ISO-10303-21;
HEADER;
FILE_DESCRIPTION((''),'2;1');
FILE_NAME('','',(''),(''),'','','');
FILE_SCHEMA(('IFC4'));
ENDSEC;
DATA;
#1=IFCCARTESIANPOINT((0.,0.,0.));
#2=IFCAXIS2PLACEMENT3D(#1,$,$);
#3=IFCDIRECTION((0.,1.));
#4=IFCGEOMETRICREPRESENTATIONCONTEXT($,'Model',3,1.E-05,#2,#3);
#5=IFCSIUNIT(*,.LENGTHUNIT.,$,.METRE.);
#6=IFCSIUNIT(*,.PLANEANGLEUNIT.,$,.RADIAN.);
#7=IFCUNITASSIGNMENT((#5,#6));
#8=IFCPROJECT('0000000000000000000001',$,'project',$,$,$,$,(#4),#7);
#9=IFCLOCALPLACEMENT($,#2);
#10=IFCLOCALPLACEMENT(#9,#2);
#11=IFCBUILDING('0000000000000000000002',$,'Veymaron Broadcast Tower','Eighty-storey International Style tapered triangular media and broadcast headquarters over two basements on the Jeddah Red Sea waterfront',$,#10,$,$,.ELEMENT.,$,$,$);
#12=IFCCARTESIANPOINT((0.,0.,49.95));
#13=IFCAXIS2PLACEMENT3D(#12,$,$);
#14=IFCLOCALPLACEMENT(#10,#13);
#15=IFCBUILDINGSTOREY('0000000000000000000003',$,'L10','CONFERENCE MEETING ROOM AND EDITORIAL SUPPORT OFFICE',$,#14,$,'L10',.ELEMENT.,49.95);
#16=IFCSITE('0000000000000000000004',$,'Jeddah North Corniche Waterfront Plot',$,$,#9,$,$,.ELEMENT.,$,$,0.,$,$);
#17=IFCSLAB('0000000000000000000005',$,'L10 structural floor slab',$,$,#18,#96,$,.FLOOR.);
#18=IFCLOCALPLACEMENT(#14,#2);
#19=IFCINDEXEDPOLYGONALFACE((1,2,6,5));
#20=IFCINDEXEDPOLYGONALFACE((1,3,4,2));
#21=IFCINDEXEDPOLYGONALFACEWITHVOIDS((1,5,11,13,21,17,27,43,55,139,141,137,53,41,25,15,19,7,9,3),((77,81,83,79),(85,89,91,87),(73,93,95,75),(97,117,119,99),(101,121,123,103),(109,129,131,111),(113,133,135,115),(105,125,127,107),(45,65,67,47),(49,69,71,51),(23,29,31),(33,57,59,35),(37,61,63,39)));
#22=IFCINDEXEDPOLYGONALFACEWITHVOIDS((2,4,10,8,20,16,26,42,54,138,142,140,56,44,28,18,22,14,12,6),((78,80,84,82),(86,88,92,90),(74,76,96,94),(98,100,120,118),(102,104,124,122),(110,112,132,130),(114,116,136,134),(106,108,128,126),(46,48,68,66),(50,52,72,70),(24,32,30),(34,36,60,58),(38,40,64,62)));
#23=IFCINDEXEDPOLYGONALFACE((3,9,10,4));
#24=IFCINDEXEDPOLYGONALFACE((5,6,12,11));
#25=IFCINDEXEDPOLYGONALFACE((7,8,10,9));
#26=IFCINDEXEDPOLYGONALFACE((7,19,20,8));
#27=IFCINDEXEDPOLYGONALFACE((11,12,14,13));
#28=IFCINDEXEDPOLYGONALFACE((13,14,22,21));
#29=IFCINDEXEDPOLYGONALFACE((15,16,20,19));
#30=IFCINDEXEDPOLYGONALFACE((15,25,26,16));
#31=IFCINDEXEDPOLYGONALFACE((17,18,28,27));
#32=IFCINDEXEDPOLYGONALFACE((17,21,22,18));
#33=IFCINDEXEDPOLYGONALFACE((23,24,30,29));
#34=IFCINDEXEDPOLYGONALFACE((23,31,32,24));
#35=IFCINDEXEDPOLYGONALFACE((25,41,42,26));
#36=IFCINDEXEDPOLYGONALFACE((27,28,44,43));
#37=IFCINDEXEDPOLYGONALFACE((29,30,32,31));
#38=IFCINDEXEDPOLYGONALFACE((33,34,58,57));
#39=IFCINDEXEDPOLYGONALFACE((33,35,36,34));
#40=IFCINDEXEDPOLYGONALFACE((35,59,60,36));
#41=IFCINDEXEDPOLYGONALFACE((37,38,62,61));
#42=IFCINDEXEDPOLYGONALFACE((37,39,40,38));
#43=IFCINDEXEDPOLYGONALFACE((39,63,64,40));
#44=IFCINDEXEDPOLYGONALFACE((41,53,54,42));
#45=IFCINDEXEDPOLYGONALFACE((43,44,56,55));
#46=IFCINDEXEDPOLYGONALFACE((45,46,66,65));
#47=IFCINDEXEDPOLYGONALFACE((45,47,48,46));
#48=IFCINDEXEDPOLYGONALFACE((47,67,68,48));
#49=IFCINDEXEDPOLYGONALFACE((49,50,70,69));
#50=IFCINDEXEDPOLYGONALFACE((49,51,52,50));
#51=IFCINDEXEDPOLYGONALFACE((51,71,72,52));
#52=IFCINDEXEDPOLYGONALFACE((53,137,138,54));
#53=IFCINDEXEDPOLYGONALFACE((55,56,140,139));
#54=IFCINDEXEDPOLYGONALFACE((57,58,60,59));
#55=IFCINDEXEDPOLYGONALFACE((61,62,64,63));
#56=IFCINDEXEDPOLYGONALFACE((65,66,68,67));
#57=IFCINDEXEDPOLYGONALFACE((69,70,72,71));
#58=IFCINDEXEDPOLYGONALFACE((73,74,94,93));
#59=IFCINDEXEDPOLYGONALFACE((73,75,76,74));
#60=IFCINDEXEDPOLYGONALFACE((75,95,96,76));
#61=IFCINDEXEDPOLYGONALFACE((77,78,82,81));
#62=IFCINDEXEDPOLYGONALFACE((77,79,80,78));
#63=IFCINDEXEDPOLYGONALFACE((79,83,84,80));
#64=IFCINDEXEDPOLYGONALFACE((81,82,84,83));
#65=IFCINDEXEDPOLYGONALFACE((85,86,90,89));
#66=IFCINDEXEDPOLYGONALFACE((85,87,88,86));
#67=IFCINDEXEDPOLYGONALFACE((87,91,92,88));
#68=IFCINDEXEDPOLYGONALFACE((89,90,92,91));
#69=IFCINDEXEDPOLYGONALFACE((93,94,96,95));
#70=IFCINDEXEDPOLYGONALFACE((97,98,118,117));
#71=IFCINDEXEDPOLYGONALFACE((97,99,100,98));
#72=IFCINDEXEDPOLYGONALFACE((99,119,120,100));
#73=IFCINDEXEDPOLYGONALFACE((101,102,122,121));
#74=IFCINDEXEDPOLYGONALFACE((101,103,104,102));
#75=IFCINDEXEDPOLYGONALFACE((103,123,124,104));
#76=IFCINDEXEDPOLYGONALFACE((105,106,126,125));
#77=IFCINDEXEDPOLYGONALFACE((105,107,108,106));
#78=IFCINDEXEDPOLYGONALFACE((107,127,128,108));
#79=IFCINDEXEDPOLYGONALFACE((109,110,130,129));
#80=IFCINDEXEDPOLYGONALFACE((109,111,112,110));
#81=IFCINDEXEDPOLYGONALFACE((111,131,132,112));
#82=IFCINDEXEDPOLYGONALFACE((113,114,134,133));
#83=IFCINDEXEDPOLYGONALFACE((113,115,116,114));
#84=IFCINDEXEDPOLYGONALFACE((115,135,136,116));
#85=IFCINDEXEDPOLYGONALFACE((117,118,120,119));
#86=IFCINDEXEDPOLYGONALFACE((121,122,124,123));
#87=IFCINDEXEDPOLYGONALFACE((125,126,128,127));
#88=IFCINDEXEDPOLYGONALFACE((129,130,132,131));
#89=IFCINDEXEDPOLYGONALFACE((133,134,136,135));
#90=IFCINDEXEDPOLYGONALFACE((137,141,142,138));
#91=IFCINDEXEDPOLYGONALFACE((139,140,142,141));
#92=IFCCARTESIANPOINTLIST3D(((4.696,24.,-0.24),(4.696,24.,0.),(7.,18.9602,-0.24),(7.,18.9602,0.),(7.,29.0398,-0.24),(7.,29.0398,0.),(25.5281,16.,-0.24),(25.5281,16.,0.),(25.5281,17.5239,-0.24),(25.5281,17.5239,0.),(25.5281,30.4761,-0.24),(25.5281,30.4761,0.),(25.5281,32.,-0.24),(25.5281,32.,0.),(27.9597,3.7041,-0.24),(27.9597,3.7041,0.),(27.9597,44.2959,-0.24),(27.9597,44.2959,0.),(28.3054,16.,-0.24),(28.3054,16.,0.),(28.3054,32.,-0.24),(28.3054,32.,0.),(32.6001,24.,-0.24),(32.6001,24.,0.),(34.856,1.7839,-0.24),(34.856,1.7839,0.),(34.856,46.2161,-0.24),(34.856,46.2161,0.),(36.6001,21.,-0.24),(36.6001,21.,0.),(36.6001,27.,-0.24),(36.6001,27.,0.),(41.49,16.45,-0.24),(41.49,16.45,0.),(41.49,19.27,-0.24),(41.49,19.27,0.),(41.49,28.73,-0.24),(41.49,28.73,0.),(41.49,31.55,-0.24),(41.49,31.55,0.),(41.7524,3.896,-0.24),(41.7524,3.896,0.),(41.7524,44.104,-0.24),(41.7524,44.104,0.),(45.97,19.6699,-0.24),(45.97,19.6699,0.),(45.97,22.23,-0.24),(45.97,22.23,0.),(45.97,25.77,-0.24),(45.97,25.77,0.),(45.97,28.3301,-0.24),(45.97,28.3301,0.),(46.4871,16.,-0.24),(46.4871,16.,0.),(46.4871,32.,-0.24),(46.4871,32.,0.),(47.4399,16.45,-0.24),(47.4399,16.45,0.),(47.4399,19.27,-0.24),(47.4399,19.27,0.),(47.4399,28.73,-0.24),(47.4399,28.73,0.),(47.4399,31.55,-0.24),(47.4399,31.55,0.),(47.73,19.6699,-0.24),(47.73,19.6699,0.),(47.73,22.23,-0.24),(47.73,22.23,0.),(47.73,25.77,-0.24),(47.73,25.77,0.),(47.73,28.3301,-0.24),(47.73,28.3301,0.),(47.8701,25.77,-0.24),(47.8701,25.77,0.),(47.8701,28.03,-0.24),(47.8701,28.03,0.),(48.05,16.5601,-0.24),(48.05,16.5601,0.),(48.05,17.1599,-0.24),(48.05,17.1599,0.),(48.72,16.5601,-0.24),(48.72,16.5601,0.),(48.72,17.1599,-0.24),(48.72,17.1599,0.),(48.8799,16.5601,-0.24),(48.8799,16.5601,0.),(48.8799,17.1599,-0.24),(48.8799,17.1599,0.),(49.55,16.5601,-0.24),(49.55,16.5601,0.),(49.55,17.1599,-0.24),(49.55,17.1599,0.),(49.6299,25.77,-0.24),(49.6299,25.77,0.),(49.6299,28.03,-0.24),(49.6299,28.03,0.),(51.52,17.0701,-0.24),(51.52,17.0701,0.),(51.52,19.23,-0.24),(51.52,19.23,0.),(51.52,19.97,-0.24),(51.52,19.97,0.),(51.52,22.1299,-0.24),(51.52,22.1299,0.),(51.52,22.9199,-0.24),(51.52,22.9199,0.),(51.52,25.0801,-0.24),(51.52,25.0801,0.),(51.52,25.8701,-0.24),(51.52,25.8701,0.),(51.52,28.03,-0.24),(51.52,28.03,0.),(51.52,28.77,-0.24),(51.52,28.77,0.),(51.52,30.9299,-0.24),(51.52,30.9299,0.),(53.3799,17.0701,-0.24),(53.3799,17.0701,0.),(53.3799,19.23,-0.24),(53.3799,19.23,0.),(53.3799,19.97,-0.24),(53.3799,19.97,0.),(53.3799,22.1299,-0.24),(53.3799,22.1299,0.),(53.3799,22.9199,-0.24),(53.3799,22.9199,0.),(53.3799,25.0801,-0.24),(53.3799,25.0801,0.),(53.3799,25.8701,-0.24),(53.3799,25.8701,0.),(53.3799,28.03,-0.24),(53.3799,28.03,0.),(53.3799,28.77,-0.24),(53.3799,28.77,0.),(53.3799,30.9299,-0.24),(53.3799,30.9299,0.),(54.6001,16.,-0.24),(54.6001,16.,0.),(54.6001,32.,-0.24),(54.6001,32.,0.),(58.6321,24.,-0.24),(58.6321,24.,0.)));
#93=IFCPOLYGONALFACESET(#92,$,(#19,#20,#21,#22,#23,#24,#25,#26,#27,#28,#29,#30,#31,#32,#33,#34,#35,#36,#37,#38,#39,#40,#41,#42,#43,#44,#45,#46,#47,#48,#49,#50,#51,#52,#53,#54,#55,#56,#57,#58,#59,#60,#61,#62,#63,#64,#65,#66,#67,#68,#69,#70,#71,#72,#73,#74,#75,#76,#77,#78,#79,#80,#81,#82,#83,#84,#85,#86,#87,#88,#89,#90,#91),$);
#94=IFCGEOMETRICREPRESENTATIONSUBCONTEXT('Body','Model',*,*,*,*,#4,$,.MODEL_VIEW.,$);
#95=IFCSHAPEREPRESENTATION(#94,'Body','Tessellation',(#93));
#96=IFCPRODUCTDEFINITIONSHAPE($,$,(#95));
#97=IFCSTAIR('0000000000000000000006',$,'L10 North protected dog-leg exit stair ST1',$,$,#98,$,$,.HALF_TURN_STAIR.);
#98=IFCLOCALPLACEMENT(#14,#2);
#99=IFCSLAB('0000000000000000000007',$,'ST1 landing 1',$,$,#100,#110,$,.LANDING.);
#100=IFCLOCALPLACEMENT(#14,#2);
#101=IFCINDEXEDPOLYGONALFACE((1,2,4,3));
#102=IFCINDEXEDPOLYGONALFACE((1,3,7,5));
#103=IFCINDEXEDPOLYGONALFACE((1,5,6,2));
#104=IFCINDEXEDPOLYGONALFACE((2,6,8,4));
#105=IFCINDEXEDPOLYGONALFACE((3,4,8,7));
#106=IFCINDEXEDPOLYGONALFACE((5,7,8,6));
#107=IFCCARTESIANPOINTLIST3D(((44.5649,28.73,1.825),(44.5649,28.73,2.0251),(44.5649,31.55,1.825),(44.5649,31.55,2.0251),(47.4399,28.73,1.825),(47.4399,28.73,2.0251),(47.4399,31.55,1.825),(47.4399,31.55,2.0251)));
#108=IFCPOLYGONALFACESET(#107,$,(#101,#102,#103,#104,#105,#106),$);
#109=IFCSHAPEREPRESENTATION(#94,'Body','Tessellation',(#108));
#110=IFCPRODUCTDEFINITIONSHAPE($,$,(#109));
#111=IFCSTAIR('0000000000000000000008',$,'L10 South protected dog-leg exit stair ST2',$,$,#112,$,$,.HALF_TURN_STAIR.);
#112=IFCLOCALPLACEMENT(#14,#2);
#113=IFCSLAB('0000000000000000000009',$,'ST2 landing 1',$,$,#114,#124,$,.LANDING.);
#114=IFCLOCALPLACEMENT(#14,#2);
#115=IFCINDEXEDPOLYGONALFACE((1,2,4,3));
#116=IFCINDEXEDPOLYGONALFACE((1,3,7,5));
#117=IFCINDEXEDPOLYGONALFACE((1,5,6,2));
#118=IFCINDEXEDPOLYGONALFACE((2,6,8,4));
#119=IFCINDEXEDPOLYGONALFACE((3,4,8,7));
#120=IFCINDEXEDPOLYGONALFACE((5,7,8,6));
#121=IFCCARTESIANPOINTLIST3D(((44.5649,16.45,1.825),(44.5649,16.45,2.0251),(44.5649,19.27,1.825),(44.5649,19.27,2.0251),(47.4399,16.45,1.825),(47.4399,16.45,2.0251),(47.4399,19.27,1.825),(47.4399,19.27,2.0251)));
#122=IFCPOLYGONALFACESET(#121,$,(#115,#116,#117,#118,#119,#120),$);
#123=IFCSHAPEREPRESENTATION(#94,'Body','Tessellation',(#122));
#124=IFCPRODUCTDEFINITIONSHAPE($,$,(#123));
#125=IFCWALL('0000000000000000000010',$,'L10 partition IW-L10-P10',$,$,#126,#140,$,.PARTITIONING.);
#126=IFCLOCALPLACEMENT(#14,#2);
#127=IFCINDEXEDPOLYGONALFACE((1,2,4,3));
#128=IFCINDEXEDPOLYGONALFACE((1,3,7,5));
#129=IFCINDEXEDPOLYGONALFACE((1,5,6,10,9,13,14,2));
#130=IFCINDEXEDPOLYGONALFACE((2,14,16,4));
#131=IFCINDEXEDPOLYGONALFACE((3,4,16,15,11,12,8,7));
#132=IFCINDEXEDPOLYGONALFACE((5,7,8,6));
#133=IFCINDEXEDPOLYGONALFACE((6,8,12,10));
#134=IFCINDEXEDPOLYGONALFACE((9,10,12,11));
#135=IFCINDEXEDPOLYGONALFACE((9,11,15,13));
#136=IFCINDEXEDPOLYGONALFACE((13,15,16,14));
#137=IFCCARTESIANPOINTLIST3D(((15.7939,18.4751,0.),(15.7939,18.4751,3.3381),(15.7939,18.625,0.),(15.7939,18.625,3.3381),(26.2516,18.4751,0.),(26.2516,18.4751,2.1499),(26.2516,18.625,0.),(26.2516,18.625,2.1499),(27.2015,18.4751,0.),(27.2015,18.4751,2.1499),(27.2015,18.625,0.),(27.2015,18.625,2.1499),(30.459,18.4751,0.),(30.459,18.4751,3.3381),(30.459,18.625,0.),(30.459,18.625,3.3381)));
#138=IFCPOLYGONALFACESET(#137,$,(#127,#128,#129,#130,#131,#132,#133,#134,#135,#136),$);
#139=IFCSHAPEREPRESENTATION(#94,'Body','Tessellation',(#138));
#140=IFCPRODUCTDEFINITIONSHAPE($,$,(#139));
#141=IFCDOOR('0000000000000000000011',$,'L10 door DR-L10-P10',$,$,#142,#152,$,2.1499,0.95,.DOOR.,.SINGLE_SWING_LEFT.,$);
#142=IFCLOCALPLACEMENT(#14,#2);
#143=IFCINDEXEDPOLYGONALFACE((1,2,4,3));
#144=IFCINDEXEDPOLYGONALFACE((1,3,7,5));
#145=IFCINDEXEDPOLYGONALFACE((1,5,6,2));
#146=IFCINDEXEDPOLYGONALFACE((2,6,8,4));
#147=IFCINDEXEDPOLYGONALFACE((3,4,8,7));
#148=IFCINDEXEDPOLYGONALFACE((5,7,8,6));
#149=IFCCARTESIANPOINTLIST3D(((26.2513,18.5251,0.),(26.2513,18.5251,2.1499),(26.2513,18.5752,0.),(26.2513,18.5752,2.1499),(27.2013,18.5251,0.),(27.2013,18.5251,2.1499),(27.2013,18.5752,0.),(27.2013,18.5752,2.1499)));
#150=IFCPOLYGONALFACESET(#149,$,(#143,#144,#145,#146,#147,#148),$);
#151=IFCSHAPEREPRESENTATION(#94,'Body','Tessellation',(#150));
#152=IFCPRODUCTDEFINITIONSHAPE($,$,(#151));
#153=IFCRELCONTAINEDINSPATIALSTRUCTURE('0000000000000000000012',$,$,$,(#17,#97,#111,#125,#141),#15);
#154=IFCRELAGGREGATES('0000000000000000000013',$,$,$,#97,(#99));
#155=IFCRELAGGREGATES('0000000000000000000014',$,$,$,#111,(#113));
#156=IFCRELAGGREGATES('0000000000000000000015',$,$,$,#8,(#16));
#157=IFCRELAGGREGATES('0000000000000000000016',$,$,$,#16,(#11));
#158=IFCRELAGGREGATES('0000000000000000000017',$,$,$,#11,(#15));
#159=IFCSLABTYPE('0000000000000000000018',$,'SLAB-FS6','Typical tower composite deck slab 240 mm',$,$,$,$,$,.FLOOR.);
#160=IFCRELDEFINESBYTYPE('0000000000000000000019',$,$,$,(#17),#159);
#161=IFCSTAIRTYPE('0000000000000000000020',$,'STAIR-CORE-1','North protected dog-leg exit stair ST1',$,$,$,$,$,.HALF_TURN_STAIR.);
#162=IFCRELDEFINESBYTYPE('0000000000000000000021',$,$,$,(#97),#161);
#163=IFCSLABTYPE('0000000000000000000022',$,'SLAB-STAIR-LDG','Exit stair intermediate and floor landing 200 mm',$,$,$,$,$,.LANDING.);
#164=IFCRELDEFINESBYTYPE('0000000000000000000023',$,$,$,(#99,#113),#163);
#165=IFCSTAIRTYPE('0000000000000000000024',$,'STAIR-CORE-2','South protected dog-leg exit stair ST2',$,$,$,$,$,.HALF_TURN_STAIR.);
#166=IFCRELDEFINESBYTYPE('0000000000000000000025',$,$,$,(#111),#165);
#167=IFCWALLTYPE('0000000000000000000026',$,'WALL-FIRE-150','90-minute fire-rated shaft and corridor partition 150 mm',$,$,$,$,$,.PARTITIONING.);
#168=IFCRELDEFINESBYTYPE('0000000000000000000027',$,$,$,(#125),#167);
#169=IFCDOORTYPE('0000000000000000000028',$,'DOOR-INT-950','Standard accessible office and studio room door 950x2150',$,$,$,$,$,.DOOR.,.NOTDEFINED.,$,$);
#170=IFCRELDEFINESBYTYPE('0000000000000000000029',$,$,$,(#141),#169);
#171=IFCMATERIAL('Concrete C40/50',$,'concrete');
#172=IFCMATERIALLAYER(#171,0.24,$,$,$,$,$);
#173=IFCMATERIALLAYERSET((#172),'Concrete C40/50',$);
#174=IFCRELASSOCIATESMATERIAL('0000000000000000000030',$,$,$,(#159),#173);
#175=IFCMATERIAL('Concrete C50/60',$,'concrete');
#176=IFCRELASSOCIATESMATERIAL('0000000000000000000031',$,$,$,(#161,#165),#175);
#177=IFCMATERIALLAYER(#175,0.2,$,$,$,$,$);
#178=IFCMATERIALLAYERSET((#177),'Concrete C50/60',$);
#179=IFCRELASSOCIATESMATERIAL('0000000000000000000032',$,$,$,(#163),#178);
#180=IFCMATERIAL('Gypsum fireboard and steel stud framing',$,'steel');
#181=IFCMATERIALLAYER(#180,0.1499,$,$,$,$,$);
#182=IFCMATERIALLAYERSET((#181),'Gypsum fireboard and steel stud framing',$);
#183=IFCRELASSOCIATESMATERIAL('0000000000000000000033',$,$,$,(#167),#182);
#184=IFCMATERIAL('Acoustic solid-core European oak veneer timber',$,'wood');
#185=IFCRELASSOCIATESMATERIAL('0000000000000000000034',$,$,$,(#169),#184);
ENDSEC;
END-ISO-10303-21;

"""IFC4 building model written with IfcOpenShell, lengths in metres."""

from ifc_helpers import new_model, si_unit, direction, frame, frame_2d, origin, place, context, subcontext, project, spatial, polyline, rectangle, outline, extrude, material, layer, layer_set, type_object, element, fill, aggregate, save


model = new_model("IFC4")

# Units and contexts
model_context = context("Model", 3, precision=1e-05, world=origin(), true_north=direction((0.0, 1.0)))
body_context = subcontext(model_context, "Body", "Model", "MODEL_VIEW")
ifc_project = project(units=[si_unit("LENGTHUNIT", "METRE"), si_unit("PLANEANGLEUNIT", "RADIAN")], contexts=[model_context])

# Site, building, storey
site_placement = place(None, origin())
site = spatial("IfcSite", under=ifc_project, at=site_placement, Name="Jeddah North Corniche Waterfront Plot", CompositionType="ELEMENT", RefElevation=0.0)
building_placement = place(site_placement, origin())
building = spatial("IfcBuilding", under=site, at=building_placement, Name="Veymaron Broadcast Tower", Description="Eighty-storey International Style tapered triangular media and broadcast headquarters over two basements on the Jeddah Red Sea waterfront", CompositionType="ELEMENT")
storey_placement = place(building_placement, frame((0.0, 0.0, 49.95)))
storey = spatial("IfcBuildingStorey", under=building, at=storey_placement, Name="L10", Description="CONFERENCE MEETING ROOM AND EDITORIAL SUPPORT OFFICE", LongName="L10", CompositionType="ELEMENT", Elevation=49.95)

# Slab
ifc_material_1 = material(Name="Concrete C40/50", Category="concrete")
ifc_layer_1 = layer(ifc_material_1, 0.24)
ifc_layer_set_1 = layer_set([ifc_layer_1], Name="Concrete C40/50")
slab_type_1 = type_object("IfcSlabType", Name="SLAB-FS6", Description="Typical tower composite deck slab 240 mm", PredefinedType="FLOOR", material=ifc_layer_set_1)
slab_1_placement = place(storey_placement, frame((0.0, 0.0, -0.24)))
element("IfcSlab", 1, at=slab_1_placement, inside=storey, type_object=slab_type_1, Name="L10 structural floor slab", PredefinedType="FLOOR", context=body_context, shape_type="SweptSolid", body=[
    extrude(outline(polyline([(46.4871, 16.0), (54.6001, 16.0), (58.6321, 24.0), (54.6001, 32.0), (46.4871, 32.0), (41.7524, 44.104), (34.856, 46.2161), (27.9597, 44.2959), (28.3054, 32.0), (25.5281, 32.0), (25.5281, 30.4761), (7.0, 29.0398), (4.696, 24.0), (7.0, 18.9602), (25.5281, 17.5239), (25.5281, 16.0), (28.3054, 16.0), (27.9597, 3.7041), (34.856, 1.7839), (41.7524, 3.896), (46.4871, 16.0)]), holes=[polyline([(45.97, 28.3301), (47.73, 28.3301), (47.73, 25.77), (45.97, 25.77), (45.97, 28.3301)]), polyline([(45.97, 22.23), (47.73, 22.23), (47.73, 19.6699), (45.97, 19.6699), (45.97, 22.23)]), polyline([(47.8701, 28.03), (49.6299, 28.03), (49.6299, 25.77), (47.8701, 25.77), (47.8701, 28.03)]), polyline([(51.52, 30.9299), (53.3799, 30.9299), (53.3799, 28.77), (51.52, 28.77), (51.52, 30.9299)]), polyline([(51.52, 28.03), (53.3799, 28.03), (53.3799, 25.8701), (51.52, 25.8701), (51.52, 28.03)]), polyline([(51.52, 22.1299), (53.3799, 22.1299), (53.3799, 19.97), (51.52, 19.97), (51.52, 22.1299)]), polyline([(51.52, 25.0801), (53.3799, 25.0801), (53.3799, 22.9199), (51.52, 22.9199), (51.52, 25.0801)]), polyline([(51.52, 19.23), (53.3799, 19.23), (53.3799, 17.0701), (51.52, 17.0701), (51.52, 19.23)]), polyline([(48.05, 17.1599), (48.72, 17.1599), (48.72, 16.5601), (48.05, 16.5601), (48.05, 17.1599)]), polyline([(48.8799, 17.1599), (49.55, 17.1599), (49.55, 16.5601), (48.8799, 16.5601), (48.8799, 17.1599)]), polyline([(36.6001, 27.0), (36.6001, 21.0), (32.6001, 24.0), (36.6001, 27.0)]), polyline([(41.49, 31.55), (47.4399, 31.55), (47.4399, 28.73), (41.49, 28.73), (41.49, 31.55)]), polyline([(41.49, 19.27), (47.4399, 19.27), (47.4399, 16.45), (41.49, 16.45), (41.49, 19.27)])]), origin(), (0.0, 0.0, 1.0), 0.24),
])

# Stairs, slabs
ifc_material_2 = material(Name="Concrete C50/60", Category="concrete")
stair_type_1 = type_object("IfcStairType", Name="STAIR-CORE-1", Description="North protected dog-leg exit stair ST1", PredefinedType="HALF_TURN_STAIR", material=ifc_material_2)
stair_1_placement = place(storey_placement, origin())
stair_1 = element("IfcStair", 2, at=stair_1_placement, inside=storey, type_object=stair_type_1, Name="L10 North protected dog-leg exit stair ST1", PredefinedType="HALF_TURN_STAIR")
ifc_layer_2 = layer(ifc_material_2, 0.2)
ifc_layer_set_2 = layer_set([ifc_layer_2], Name="Concrete C50/60")
slab_type_2 = type_object("IfcSlabType", Name="SLAB-STAIR-LDG", Description="Exit stair intermediate and floor landing 200 mm", PredefinedType="LANDING", material=ifc_layer_set_2)
slab_2_placement = place(storey_placement, frame((0.0, 0.0, 1.825)))
slab_2 = element("IfcSlab", 3, at=slab_2_placement, type_object=slab_type_2, Name="ST1 landing 1", PredefinedType="LANDING", context=body_context, shape_type="SweptSolid", body=[
    extrude(outline(polyline([(44.5649, 28.73), (47.4399, 28.73), (47.4399, 31.55), (44.5649, 31.55), (44.5649, 28.73)])), origin(), (0.0, 0.0, 1.0), 0.2002),
])
aggregate(stair_1, [slab_2])
stair_type_2 = type_object("IfcStairType", Name="STAIR-CORE-2", Description="South protected dog-leg exit stair ST2", PredefinedType="HALF_TURN_STAIR", material=ifc_material_2)
stair_2_placement = place(storey_placement, origin())
stair_2 = element("IfcStair", 4, at=stair_2_placement, inside=storey, type_object=stair_type_2, Name="L10 South protected dog-leg exit stair ST2", PredefinedType="HALF_TURN_STAIR")
slab_3_placement = place(storey_placement, frame((0.0, 0.0, 1.825)))
slab_3 = element("IfcSlab", 5, at=slab_3_placement, type_object=slab_type_2, Name="ST2 landing 1", PredefinedType="LANDING", context=body_context, shape_type="SweptSolid", body=[
    extrude(outline(polyline([(44.5649, 16.45), (47.4399, 16.45), (47.4399, 19.27), (44.5649, 19.27), (44.5649, 16.45)])), origin(), (0.0, 0.0, 1.0), 0.2002),
])
aggregate(stair_2, [slab_3])

# Wall, opening, door
ifc_material_3 = material(Name="Gypsum fireboard and steel stud framing", Category="steel")
ifc_layer_3 = layer(ifc_material_3, 0.1499)
ifc_layer_set_3 = layer_set([ifc_layer_3], Name="Gypsum fireboard and steel stud framing")
wall_type_1 = type_object("IfcWallType", Name="WALL-FIRE-150", Description="90-minute fire-rated shaft and corridor partition 150 mm", PredefinedType="PARTITIONING", material=ifc_layer_set_3)
wall_1_placement = place(storey_placement, frame((15.7939, 18.55, 0.0), z_axis=(0.0, 0.0, 1.0), x_axis=(1.0, 0.0, 0.0)))
wall_1 = element("IfcWall", 6, at=wall_1_placement, inside=storey, type_object=wall_type_1, Name="L10 partition IW-L10-P10", PredefinedType="PARTITIONING", context=body_context, shape_type="SweptSolid", body=[
    extrude(rectangle(XDim=14.665, YDim=0.1499, at=frame_2d((7.3325, 0.0))), origin(), (0.0, 0.0, 1.0), 3.3381),
])
opening_1_placement = place(wall_1_placement, frame((10.4575, 0.0, 0.0)))
opening_1 = element("IfcOpeningElement", 7, at=opening_1_placement, cuts=wall_1, PredefinedType="OPENING", context=body_context, shape_type="SweptSolid", body=[
    extrude(rectangle(XDim=0.95, YDim=2.1499, at=frame_2d((0.4751, 1.075))), frame((0.0, 0.085, 0.0), z_axis=(0.0, -1.0, 0.0), x_axis=(1.0, 0.0, 0.0)), (0.0, 0.0, 1.0), 0.1699),
])
ifc_material_4 = material(Name="Acoustic solid-core European oak veneer timber", Category="wood")
door_type = type_object("IfcDoorType", Name="DOOR-INT-950", Description="Standard accessible office and studio room door 950x2150", OperationType="NOTDEFINED", PredefinedType="DOOR", material=ifc_material_4)
door_1_placement = place(opening_1_placement, frame((0.95, 0.0, 0.0), z_axis=(0.0, 0.0, 1.0), x_axis=(-1.0, 0.0, 0.0)))
door_1 = element("IfcDoor", 8, at=door_1_placement, inside=storey, type_object=door_type, Name="L10 door DR-L10-P10", OperationType="SINGLE_SWING_LEFT", OverallHeight=2.1499, OverallWidth=0.95, PredefinedType="DOOR", context=body_context, shape_type="SweptSolid", body=[
    extrude(rectangle(XDim=0.95, YDim=2.1499, at=frame_2d((0.4751, 1.075))), frame((0.0, 0.0249, 0.0), z_axis=(0.0, -1.0, 0.0), x_axis=(1.0, 0.0, 0.0)), (0.0, 0.0, 1.0), 0.05),
])
fill(opening_1, door_1)

save(model, "model.ifc")
